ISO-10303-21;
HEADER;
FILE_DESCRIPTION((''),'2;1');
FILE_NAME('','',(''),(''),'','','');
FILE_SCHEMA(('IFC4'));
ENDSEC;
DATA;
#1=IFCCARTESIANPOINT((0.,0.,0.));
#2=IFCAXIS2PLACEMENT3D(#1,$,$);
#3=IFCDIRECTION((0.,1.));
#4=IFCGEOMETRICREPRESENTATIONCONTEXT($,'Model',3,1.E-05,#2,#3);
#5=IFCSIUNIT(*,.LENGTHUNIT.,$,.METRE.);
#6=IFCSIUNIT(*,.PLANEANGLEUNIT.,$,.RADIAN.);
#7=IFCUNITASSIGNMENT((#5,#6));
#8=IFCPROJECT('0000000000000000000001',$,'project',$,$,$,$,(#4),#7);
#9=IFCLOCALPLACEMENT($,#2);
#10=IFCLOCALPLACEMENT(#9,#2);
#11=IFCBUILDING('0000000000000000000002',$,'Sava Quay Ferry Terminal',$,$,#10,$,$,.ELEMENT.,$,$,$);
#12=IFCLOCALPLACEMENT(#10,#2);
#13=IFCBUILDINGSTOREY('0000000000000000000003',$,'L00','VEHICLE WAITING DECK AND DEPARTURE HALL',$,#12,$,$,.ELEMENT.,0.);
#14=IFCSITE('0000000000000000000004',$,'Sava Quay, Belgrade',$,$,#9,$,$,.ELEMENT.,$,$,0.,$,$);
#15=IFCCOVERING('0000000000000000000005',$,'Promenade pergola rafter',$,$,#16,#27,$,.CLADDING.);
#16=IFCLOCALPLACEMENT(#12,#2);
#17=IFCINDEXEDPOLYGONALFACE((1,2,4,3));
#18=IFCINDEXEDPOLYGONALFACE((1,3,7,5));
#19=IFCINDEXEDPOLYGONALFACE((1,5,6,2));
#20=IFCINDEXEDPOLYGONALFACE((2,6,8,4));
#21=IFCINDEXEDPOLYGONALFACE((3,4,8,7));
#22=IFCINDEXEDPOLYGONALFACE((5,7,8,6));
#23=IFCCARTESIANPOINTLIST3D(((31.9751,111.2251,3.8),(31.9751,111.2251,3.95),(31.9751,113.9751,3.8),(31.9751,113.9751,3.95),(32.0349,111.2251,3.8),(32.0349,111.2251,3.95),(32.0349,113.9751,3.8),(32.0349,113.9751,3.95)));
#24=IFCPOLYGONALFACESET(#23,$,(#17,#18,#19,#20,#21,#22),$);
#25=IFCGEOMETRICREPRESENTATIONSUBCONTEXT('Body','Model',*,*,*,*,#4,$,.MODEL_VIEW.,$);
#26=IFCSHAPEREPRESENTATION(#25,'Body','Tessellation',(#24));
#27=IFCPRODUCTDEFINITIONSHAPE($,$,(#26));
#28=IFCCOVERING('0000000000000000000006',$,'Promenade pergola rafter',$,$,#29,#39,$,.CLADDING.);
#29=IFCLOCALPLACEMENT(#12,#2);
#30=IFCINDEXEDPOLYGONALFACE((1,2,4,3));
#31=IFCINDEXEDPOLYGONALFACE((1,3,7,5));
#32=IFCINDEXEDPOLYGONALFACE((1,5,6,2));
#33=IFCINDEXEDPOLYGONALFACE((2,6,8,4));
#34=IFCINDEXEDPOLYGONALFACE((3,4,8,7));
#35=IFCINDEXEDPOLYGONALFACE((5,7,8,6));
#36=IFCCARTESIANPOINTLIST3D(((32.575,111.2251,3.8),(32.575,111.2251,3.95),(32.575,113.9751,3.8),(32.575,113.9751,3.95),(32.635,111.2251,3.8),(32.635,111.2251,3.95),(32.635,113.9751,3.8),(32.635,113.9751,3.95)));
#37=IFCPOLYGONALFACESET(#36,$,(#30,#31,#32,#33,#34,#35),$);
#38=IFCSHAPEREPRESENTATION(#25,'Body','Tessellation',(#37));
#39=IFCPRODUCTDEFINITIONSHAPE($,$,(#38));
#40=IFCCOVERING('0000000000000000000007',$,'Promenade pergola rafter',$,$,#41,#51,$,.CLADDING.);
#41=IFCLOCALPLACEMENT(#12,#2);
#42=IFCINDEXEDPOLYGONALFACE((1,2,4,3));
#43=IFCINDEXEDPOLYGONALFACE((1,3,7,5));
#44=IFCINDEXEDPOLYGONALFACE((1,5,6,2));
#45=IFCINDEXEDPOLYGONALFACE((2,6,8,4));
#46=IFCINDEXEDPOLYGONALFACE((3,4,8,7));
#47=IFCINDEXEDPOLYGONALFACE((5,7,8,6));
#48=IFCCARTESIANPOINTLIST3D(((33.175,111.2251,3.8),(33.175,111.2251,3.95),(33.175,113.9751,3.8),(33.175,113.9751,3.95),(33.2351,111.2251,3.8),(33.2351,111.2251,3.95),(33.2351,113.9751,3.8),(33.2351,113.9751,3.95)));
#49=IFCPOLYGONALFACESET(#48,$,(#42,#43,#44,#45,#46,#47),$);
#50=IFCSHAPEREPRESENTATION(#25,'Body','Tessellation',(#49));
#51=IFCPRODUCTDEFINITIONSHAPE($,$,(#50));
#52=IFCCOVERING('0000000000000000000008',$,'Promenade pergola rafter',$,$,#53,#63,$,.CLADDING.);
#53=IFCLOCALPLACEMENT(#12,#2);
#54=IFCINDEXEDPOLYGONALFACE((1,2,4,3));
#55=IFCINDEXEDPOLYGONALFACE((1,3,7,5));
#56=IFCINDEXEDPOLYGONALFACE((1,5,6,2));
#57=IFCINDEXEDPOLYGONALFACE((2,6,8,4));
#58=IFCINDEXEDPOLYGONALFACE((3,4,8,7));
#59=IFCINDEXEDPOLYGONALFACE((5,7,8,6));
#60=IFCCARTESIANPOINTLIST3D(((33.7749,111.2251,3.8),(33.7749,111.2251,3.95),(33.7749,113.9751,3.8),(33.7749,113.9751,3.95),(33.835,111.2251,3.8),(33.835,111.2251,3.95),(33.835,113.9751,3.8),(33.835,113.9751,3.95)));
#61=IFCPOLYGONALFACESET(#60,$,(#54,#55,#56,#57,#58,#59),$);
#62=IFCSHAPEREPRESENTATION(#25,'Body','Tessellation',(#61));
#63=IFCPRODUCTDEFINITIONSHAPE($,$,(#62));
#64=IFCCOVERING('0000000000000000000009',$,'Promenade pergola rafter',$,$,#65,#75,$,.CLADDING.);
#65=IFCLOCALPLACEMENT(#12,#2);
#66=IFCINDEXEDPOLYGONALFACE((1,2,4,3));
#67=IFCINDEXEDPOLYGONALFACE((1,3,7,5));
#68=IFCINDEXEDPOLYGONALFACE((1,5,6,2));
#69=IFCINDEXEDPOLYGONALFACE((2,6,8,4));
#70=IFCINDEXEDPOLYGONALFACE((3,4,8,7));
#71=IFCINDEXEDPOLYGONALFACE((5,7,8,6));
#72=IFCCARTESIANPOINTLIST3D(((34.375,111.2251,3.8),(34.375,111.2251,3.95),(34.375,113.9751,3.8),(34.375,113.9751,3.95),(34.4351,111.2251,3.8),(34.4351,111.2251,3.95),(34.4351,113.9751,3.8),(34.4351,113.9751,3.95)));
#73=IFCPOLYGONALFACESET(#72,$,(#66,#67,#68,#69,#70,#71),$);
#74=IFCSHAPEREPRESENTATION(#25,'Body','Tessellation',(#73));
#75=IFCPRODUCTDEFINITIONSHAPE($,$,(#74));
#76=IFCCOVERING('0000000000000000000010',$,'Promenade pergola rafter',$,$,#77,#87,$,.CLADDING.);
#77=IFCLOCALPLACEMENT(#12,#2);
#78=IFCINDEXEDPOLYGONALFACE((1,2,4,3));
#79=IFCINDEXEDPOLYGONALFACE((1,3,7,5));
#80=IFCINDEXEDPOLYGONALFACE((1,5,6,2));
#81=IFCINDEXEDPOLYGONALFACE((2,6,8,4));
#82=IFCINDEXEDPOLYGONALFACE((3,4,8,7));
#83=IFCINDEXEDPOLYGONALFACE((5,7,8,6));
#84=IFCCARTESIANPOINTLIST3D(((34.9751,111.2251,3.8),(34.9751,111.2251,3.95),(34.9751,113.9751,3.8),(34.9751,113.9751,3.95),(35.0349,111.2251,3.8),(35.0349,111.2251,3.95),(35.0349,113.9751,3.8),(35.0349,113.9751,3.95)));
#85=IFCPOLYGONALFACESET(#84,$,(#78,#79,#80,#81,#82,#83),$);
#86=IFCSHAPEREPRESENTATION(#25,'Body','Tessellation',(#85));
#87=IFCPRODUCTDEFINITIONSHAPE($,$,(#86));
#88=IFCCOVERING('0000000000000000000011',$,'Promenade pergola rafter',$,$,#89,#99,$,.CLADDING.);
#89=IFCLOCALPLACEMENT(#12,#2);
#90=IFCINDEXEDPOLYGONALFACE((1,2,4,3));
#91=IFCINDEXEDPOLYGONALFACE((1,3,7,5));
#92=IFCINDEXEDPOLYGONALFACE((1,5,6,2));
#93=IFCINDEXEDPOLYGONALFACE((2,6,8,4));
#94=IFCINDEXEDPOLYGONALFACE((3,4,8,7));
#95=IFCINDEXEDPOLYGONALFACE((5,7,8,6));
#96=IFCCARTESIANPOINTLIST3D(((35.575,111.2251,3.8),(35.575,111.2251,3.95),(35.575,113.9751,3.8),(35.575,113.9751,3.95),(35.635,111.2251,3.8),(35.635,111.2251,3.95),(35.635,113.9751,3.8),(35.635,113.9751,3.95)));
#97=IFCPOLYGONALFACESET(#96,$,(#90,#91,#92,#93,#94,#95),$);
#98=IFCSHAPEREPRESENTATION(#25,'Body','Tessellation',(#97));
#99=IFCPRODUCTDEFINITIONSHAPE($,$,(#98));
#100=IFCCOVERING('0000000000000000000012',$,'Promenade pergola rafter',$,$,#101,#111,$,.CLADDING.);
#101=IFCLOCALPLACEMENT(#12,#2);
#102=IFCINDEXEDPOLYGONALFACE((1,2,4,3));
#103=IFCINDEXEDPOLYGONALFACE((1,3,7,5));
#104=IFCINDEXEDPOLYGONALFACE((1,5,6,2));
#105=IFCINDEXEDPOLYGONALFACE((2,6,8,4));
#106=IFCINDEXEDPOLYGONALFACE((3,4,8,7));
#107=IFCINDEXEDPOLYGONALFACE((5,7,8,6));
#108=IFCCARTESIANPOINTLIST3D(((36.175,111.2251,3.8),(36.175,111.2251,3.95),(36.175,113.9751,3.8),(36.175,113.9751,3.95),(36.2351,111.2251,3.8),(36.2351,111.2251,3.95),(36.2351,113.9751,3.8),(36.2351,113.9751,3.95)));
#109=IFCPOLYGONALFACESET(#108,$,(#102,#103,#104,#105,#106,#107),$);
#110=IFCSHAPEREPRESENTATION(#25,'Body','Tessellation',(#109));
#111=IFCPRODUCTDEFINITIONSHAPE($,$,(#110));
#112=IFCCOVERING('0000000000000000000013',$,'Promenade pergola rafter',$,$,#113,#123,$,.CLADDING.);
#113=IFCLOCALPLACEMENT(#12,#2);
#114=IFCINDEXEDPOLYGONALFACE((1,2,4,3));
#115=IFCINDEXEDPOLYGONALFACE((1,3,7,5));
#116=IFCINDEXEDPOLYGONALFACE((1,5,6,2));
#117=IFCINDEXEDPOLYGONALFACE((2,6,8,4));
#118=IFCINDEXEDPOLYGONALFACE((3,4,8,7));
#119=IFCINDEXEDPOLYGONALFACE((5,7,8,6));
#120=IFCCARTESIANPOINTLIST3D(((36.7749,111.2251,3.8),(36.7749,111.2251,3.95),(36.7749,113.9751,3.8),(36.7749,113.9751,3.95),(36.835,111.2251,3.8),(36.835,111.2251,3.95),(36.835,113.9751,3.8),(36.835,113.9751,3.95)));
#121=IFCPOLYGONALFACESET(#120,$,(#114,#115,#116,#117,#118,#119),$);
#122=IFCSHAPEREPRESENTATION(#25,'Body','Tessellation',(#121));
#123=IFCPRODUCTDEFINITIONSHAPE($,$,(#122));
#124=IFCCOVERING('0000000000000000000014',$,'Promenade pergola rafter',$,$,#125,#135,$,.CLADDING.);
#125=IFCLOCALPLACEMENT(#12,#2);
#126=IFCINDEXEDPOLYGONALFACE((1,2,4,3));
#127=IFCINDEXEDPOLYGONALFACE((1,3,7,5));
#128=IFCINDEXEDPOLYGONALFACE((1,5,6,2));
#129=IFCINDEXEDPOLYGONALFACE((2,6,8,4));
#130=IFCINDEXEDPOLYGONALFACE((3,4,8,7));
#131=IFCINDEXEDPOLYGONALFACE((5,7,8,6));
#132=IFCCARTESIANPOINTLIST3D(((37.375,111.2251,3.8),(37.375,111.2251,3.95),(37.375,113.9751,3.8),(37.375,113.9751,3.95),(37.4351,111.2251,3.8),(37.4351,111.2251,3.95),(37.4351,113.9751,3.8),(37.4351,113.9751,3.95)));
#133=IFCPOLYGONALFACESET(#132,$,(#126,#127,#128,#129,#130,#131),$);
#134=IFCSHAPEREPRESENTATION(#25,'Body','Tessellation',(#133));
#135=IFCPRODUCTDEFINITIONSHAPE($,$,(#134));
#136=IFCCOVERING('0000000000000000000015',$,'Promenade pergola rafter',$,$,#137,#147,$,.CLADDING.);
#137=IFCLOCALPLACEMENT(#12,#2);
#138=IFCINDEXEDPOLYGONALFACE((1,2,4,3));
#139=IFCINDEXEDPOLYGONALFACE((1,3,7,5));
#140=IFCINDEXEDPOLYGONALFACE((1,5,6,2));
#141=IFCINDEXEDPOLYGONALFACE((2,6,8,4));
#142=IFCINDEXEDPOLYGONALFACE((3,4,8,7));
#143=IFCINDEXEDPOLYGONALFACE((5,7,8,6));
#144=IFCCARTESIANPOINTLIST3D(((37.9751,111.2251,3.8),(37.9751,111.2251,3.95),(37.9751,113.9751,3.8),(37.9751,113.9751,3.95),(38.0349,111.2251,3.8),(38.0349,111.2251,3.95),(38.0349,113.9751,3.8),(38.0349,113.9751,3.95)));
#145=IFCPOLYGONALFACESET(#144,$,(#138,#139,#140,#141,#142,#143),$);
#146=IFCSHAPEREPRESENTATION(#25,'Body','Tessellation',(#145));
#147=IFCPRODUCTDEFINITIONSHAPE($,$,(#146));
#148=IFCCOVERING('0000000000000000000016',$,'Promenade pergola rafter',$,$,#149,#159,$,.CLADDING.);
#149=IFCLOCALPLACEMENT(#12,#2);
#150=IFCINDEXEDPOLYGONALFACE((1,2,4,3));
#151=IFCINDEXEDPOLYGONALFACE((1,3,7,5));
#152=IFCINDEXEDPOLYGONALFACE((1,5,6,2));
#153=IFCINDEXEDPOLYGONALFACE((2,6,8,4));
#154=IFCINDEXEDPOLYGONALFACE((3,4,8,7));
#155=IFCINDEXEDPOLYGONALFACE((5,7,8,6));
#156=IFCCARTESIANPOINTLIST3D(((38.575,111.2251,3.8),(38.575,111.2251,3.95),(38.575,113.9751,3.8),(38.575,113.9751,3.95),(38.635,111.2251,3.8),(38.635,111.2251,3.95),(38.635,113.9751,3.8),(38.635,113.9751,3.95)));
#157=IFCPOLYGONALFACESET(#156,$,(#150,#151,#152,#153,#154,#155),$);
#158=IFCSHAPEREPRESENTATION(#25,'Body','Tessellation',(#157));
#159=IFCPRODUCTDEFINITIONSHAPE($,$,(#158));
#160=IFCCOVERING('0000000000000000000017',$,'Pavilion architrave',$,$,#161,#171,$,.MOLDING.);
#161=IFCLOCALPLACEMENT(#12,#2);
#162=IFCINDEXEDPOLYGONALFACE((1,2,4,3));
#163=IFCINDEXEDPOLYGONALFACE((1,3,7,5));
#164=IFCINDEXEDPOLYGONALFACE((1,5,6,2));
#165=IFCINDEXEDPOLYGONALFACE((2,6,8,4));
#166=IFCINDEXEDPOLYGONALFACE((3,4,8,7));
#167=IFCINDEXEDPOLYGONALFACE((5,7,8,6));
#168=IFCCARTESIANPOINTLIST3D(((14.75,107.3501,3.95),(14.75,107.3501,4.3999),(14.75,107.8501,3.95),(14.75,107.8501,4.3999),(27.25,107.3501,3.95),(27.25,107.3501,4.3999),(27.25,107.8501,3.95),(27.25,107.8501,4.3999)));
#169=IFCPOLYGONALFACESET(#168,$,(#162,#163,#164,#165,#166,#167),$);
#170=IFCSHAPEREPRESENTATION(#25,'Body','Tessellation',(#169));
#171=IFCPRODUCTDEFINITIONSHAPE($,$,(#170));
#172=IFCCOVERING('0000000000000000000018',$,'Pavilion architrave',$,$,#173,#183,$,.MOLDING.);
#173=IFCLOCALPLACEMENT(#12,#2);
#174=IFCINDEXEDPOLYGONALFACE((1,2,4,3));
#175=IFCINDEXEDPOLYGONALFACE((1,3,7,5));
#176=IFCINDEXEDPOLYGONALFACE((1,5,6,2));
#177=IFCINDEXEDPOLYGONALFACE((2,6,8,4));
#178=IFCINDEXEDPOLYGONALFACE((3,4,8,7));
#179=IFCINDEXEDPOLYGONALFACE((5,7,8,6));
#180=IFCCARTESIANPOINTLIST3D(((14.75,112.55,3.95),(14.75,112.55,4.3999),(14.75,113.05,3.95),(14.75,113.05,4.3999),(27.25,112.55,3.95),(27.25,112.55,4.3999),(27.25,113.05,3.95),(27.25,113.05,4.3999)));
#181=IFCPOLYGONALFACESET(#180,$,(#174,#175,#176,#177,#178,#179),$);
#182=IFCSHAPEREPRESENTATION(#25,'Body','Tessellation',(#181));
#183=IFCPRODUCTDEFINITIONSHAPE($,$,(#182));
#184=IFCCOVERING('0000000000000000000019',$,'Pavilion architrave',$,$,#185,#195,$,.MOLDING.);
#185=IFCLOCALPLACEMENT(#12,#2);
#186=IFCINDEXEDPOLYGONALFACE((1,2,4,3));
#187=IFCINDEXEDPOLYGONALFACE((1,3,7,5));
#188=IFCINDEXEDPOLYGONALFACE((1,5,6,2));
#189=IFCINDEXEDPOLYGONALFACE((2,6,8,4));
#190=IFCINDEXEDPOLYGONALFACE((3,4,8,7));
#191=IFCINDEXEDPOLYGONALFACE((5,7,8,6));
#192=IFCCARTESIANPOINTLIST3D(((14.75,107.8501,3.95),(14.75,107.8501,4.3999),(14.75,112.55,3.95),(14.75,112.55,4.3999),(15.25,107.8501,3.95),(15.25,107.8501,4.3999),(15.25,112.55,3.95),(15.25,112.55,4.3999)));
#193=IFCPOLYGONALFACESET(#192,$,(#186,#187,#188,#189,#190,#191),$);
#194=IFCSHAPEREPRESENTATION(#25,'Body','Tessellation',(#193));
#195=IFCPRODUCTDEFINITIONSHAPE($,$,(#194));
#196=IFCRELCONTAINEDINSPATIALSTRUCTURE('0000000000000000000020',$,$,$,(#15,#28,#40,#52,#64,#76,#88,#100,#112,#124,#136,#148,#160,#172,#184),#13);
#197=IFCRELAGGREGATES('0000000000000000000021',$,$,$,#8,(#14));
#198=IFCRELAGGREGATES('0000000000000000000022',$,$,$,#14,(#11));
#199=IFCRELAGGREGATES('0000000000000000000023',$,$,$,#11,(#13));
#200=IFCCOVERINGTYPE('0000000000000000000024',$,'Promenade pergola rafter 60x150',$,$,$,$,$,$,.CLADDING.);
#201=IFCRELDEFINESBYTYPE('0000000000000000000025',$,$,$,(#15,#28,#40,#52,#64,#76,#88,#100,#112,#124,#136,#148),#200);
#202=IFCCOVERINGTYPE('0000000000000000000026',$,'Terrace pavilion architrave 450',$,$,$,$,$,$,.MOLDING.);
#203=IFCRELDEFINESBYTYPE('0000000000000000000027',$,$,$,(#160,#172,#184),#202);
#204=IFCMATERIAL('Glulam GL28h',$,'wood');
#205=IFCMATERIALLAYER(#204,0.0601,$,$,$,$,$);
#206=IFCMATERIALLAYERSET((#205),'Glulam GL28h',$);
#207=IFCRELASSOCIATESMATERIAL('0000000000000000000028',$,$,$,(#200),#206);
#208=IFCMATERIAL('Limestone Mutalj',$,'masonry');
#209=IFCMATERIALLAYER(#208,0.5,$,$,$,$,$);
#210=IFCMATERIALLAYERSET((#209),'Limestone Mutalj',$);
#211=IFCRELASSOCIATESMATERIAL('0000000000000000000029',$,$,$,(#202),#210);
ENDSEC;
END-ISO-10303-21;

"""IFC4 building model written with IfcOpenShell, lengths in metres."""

from ifc_helpers import new_model, si_unit, direction, frame, origin, place, context, subcontext, project, spatial, polyline, outline, extrude, material, layer, layer_set, type_object, element, save


model = new_model("IFC4")

# Units and contexts
model_context = context("Model", 3, precision=1e-05, world=origin(), true_north=direction((0.0, 1.0)))
body_context = subcontext(model_context, "Body", "Model", "MODEL_VIEW")
ifc_project = project(units=[si_unit("LENGTHUNIT", "METRE"), si_unit("PLANEANGLEUNIT", "RADIAN")], contexts=[model_context])

# Site, building, storey
site_placement = place(None, origin())
site = spatial("IfcSite", under=ifc_project, at=site_placement, Name="Sava Quay, Belgrade", CompositionType="ELEMENT", RefElevation=0.0)
building_placement = place(site_placement, origin())
building = spatial("IfcBuilding", under=site, at=building_placement, Name="Sava Quay Ferry Terminal", CompositionType="ELEMENT")
storey_placement = place(building_placement, origin())
storey = spatial("IfcBuildingStorey", under=building, at=storey_placement, Name="L00", Description="VEHICLE WAITING DECK AND DEPARTURE HALL", CompositionType="ELEMENT", Elevation=0.0)

# Coverings
ifc_material_1 = material(Name="Glulam GL28h", Category="wood")
ifc_layer_1 = layer(ifc_material_1, 0.0601)
ifc_layer_set_1 = layer_set([ifc_layer_1], Name="Glulam GL28h")
covering_type_1 = type_object("IfcCoveringType", Name="Promenade pergola rafter 60x150", PredefinedType="CLADDING", material=ifc_layer_set_1)
covering_1_placement = place(storey_placement, frame((0.0, 0.0, 3.8)))
element("IfcCovering", 1, at=covering_1_placement, inside=storey, type_object=covering_type_1, Name="Promenade pergola rafter", PredefinedType="CLADDING", context=body_context, shape_type="SweptSolid", body=[
    extrude(outline(polyline([(32.0349, 111.2251), (32.0349, 113.9751), (31.9751, 113.9751), (31.9751, 111.2251), (32.0349, 111.2251)])), origin(), (0.0, 0.0, 1.0), 0.1499),
])
covering_2_placement = place(storey_placement, frame((0.0, 0.0, 3.8)))
element("IfcCovering", 2, at=covering_2_placement, inside=storey, type_object=covering_type_1, Name="Promenade pergola rafter", PredefinedType="CLADDING", context=body_context, shape_type="SweptSolid", body=[
    extrude(outline(polyline([(32.635, 111.2251), (32.635, 113.9751), (32.575, 113.9751), (32.575, 111.2251), (32.635, 111.2251)])), origin(), (0.0, 0.0, 1.0), 0.1499),
])
covering_3_placement = place(storey_placement, frame((0.0, 0.0, 3.8)))
element("IfcCovering", 3, at=covering_3_placement, inside=storey, type_object=covering_type_1, Name="Promenade pergola rafter", PredefinedType="CLADDING", context=body_context, shape_type="SweptSolid", body=[
    extrude(outline(polyline([(33.2351, 111.2251), (33.2351, 113.9751), (33.175, 113.9751), (33.175, 111.2251), (33.2351, 111.2251)])), origin(), (0.0, 0.0, 1.0), 0.1499),
])
covering_4_placement = place(storey_placement, frame((0.0, 0.0, 3.8)))
element("IfcCovering", 4, at=covering_4_placement, inside=storey, type_object=covering_type_1, Name="Promenade pergola rafter", PredefinedType="CLADDING", context=body_context, shape_type="SweptSolid", body=[
    extrude(outline(polyline([(33.835, 111.2251), (33.835, 113.9751), (33.7749, 113.9751), (33.7749, 111.2251), (33.835, 111.2251)])), origin(), (0.0, 0.0, 1.0), 0.1499),
])
covering_5_placement = place(storey_placement, frame((0.0, 0.0, 3.8)))
element("IfcCovering", 5, at=covering_5_placement, inside=storey, type_object=covering_type_1, Name="Promenade pergola rafter", PredefinedType="CLADDING", context=body_context, shape_type="SweptSolid", body=[
    extrude(outline(polyline([(34.4351, 111.2251), (34.4351, 113.9751), (34.375, 113.9751), (34.375, 111.2251), (34.4351, 111.2251)])), origin(), (0.0, 0.0, 1.0), 0.1499),
])
covering_6_placement = place(storey_placement, frame((0.0, 0.0, 3.8)))
element("IfcCovering", 6, at=covering_6_placement, inside=storey, type_object=covering_type_1, Name="Promenade pergola rafter", PredefinedType="CLADDING", context=body_context, shape_type="SweptSolid", body=[
    extrude(outline(polyline([(35.0349, 111.2251), (35.0349, 113.9751), (34.9751, 113.9751), (34.9751, 111.2251), (35.0349, 111.2251)])), origin(), (0.0, 0.0, 1.0), 0.1499),
])
covering_7_placement = place(storey_placement, frame((0.0, 0.0, 3.8)))
element("IfcCovering", 7, at=covering_7_placement, inside=storey, type_object=covering_type_1, Name="Promenade pergola rafter", PredefinedType="CLADDING", context=body_context, shape_type="SweptSolid", body=[
    extrude(outline(polyline([(35.635, 111.2251), (35.635, 113.9751), (35.575, 113.9751), (35.575, 111.2251), (35.635, 111.2251)])), origin(), (0.0, 0.0, 1.0), 0.1499),
])
covering_8_placement = place(storey_placement, frame((0.0, 0.0, 3.8)))
element("IfcCovering", 8, at=covering_8_placement, inside=storey, type_object=covering_type_1, Name="Promenade pergola rafter", PredefinedType="CLADDING", context=body_context, shape_type="SweptSolid", body=[
    extrude(outline(polyline([(36.2351, 111.2251), (36.2351, 113.9751), (36.175, 113.9751), (36.175, 111.2251), (36.2351, 111.2251)])), origin(), (0.0, 0.0, 1.0), 0.1499),
])
covering_9_placement = place(storey_placement, frame((0.0, 0.0, 3.8)))
element("IfcCovering", 9, at=covering_9_placement, inside=storey, type_object=covering_type_1, Name="Promenade pergola rafter", PredefinedType="CLADDING", context=body_context, shape_type="SweptSolid", body=[
    extrude(outline(polyline([(36.835, 111.2251), (36.835, 113.9751), (36.7749, 113.9751), (36.7749, 111.2251), (36.835, 111.2251)])), origin(), (0.0, 0.0, 1.0), 0.1499),
])
covering_10_placement = place(storey_placement, frame((0.0, 0.0, 3.8)))
element("IfcCovering", 10, at=covering_10_placement, inside=storey, type_object=covering_type_1, Name="Promenade pergola rafter", PredefinedType="CLADDING", context=body_context, shape_type="SweptSolid", body=[
    extrude(outline(polyline([(37.4351, 111.2251), (37.4351, 113.9751), (37.375, 113.9751), (37.375, 111.2251), (37.4351, 111.2251)])), origin(), (0.0, 0.0, 1.0), 0.1499),
])
covering_11_placement = place(storey_placement, frame((0.0, 0.0, 3.8)))
element("IfcCovering", 11, at=covering_11_placement, inside=storey, type_object=covering_type_1, Name="Promenade pergola rafter", PredefinedType="CLADDING", context=body_context, shape_type="SweptSolid", body=[
    extrude(outline(polyline([(38.0349, 111.2251), (38.0349, 113.9751), (37.9751, 113.9751), (37.9751, 111.2251), (38.0349, 111.2251)])), origin(), (0.0, 0.0, 1.0), 0.1499),
])
covering_12_placement = place(storey_placement, frame((0.0, 0.0, 3.8)))
element("IfcCovering", 12, at=covering_12_placement, inside=storey, type_object=covering_type_1, Name="Promenade pergola rafter", PredefinedType="CLADDING", context=body_context, shape_type="SweptSolid", body=[
    extrude(outline(polyline([(38.635, 111.2251), (38.635, 113.9751), (38.575, 113.9751), (38.575, 111.2251), (38.635, 111.2251)])), origin(), (0.0, 0.0, 1.0), 0.1499),
])
ifc_material_2 = material(Name="Limestone Mutalj", Category="masonry")
ifc_layer_2 = layer(ifc_material_2, 0.5)
ifc_layer_set_2 = layer_set([ifc_layer_2], Name="Limestone Mutalj")
covering_type_2 = type_object("IfcCoveringType", Name="Terrace pavilion architrave 450", PredefinedType="MOLDING", material=ifc_layer_set_2)
covering_13_placement = place(storey_placement, frame((0.0, 0.0, 3.95)))
element("IfcCovering", 13, at=covering_13_placement, inside=storey, type_object=covering_type_2, Name="Pavilion architrave", PredefinedType="MOLDING", context=body_context, shape_type="SweptSolid", body=[
    extrude(outline(polyline([(27.25, 107.3501), (27.25, 107.8501), (14.75, 107.8501), (14.75, 107.3501), (27.25, 107.3501)])), origin(), (0.0, 0.0, 1.0), 0.45),
])
covering_14_placement = place(storey_placement, frame((0.0, 0.0, 3.95)))
element("IfcCovering", 14, at=covering_14_placement, inside=storey, type_object=covering_type_2, Name="Pavilion architrave", PredefinedType="MOLDING", context=body_context, shape_type="SweptSolid", body=[
    extrude(outline(polyline([(27.25, 112.55), (27.25, 113.05), (14.75, 113.05), (14.75, 112.55), (27.25, 112.55)])), origin(), (0.0, 0.0, 1.0), 0.45),
])
covering_15_placement = place(storey_placement, frame((0.0, 0.0, 3.95)))
element("IfcCovering", 15, at=covering_15_placement, inside=storey, type_object=covering_type_2, Name="Pavilion architrave", PredefinedType="MOLDING", context=body_context, shape_type="SweptSolid", body=[
    extrude(outline(polyline([(15.25, 107.8501), (15.25, 112.55), (14.75, 112.55), (14.75, 107.8501), (15.25, 107.8501)])), origin(), (0.0, 0.0, 1.0), 0.45),
])

save(model, "model.ifc")
